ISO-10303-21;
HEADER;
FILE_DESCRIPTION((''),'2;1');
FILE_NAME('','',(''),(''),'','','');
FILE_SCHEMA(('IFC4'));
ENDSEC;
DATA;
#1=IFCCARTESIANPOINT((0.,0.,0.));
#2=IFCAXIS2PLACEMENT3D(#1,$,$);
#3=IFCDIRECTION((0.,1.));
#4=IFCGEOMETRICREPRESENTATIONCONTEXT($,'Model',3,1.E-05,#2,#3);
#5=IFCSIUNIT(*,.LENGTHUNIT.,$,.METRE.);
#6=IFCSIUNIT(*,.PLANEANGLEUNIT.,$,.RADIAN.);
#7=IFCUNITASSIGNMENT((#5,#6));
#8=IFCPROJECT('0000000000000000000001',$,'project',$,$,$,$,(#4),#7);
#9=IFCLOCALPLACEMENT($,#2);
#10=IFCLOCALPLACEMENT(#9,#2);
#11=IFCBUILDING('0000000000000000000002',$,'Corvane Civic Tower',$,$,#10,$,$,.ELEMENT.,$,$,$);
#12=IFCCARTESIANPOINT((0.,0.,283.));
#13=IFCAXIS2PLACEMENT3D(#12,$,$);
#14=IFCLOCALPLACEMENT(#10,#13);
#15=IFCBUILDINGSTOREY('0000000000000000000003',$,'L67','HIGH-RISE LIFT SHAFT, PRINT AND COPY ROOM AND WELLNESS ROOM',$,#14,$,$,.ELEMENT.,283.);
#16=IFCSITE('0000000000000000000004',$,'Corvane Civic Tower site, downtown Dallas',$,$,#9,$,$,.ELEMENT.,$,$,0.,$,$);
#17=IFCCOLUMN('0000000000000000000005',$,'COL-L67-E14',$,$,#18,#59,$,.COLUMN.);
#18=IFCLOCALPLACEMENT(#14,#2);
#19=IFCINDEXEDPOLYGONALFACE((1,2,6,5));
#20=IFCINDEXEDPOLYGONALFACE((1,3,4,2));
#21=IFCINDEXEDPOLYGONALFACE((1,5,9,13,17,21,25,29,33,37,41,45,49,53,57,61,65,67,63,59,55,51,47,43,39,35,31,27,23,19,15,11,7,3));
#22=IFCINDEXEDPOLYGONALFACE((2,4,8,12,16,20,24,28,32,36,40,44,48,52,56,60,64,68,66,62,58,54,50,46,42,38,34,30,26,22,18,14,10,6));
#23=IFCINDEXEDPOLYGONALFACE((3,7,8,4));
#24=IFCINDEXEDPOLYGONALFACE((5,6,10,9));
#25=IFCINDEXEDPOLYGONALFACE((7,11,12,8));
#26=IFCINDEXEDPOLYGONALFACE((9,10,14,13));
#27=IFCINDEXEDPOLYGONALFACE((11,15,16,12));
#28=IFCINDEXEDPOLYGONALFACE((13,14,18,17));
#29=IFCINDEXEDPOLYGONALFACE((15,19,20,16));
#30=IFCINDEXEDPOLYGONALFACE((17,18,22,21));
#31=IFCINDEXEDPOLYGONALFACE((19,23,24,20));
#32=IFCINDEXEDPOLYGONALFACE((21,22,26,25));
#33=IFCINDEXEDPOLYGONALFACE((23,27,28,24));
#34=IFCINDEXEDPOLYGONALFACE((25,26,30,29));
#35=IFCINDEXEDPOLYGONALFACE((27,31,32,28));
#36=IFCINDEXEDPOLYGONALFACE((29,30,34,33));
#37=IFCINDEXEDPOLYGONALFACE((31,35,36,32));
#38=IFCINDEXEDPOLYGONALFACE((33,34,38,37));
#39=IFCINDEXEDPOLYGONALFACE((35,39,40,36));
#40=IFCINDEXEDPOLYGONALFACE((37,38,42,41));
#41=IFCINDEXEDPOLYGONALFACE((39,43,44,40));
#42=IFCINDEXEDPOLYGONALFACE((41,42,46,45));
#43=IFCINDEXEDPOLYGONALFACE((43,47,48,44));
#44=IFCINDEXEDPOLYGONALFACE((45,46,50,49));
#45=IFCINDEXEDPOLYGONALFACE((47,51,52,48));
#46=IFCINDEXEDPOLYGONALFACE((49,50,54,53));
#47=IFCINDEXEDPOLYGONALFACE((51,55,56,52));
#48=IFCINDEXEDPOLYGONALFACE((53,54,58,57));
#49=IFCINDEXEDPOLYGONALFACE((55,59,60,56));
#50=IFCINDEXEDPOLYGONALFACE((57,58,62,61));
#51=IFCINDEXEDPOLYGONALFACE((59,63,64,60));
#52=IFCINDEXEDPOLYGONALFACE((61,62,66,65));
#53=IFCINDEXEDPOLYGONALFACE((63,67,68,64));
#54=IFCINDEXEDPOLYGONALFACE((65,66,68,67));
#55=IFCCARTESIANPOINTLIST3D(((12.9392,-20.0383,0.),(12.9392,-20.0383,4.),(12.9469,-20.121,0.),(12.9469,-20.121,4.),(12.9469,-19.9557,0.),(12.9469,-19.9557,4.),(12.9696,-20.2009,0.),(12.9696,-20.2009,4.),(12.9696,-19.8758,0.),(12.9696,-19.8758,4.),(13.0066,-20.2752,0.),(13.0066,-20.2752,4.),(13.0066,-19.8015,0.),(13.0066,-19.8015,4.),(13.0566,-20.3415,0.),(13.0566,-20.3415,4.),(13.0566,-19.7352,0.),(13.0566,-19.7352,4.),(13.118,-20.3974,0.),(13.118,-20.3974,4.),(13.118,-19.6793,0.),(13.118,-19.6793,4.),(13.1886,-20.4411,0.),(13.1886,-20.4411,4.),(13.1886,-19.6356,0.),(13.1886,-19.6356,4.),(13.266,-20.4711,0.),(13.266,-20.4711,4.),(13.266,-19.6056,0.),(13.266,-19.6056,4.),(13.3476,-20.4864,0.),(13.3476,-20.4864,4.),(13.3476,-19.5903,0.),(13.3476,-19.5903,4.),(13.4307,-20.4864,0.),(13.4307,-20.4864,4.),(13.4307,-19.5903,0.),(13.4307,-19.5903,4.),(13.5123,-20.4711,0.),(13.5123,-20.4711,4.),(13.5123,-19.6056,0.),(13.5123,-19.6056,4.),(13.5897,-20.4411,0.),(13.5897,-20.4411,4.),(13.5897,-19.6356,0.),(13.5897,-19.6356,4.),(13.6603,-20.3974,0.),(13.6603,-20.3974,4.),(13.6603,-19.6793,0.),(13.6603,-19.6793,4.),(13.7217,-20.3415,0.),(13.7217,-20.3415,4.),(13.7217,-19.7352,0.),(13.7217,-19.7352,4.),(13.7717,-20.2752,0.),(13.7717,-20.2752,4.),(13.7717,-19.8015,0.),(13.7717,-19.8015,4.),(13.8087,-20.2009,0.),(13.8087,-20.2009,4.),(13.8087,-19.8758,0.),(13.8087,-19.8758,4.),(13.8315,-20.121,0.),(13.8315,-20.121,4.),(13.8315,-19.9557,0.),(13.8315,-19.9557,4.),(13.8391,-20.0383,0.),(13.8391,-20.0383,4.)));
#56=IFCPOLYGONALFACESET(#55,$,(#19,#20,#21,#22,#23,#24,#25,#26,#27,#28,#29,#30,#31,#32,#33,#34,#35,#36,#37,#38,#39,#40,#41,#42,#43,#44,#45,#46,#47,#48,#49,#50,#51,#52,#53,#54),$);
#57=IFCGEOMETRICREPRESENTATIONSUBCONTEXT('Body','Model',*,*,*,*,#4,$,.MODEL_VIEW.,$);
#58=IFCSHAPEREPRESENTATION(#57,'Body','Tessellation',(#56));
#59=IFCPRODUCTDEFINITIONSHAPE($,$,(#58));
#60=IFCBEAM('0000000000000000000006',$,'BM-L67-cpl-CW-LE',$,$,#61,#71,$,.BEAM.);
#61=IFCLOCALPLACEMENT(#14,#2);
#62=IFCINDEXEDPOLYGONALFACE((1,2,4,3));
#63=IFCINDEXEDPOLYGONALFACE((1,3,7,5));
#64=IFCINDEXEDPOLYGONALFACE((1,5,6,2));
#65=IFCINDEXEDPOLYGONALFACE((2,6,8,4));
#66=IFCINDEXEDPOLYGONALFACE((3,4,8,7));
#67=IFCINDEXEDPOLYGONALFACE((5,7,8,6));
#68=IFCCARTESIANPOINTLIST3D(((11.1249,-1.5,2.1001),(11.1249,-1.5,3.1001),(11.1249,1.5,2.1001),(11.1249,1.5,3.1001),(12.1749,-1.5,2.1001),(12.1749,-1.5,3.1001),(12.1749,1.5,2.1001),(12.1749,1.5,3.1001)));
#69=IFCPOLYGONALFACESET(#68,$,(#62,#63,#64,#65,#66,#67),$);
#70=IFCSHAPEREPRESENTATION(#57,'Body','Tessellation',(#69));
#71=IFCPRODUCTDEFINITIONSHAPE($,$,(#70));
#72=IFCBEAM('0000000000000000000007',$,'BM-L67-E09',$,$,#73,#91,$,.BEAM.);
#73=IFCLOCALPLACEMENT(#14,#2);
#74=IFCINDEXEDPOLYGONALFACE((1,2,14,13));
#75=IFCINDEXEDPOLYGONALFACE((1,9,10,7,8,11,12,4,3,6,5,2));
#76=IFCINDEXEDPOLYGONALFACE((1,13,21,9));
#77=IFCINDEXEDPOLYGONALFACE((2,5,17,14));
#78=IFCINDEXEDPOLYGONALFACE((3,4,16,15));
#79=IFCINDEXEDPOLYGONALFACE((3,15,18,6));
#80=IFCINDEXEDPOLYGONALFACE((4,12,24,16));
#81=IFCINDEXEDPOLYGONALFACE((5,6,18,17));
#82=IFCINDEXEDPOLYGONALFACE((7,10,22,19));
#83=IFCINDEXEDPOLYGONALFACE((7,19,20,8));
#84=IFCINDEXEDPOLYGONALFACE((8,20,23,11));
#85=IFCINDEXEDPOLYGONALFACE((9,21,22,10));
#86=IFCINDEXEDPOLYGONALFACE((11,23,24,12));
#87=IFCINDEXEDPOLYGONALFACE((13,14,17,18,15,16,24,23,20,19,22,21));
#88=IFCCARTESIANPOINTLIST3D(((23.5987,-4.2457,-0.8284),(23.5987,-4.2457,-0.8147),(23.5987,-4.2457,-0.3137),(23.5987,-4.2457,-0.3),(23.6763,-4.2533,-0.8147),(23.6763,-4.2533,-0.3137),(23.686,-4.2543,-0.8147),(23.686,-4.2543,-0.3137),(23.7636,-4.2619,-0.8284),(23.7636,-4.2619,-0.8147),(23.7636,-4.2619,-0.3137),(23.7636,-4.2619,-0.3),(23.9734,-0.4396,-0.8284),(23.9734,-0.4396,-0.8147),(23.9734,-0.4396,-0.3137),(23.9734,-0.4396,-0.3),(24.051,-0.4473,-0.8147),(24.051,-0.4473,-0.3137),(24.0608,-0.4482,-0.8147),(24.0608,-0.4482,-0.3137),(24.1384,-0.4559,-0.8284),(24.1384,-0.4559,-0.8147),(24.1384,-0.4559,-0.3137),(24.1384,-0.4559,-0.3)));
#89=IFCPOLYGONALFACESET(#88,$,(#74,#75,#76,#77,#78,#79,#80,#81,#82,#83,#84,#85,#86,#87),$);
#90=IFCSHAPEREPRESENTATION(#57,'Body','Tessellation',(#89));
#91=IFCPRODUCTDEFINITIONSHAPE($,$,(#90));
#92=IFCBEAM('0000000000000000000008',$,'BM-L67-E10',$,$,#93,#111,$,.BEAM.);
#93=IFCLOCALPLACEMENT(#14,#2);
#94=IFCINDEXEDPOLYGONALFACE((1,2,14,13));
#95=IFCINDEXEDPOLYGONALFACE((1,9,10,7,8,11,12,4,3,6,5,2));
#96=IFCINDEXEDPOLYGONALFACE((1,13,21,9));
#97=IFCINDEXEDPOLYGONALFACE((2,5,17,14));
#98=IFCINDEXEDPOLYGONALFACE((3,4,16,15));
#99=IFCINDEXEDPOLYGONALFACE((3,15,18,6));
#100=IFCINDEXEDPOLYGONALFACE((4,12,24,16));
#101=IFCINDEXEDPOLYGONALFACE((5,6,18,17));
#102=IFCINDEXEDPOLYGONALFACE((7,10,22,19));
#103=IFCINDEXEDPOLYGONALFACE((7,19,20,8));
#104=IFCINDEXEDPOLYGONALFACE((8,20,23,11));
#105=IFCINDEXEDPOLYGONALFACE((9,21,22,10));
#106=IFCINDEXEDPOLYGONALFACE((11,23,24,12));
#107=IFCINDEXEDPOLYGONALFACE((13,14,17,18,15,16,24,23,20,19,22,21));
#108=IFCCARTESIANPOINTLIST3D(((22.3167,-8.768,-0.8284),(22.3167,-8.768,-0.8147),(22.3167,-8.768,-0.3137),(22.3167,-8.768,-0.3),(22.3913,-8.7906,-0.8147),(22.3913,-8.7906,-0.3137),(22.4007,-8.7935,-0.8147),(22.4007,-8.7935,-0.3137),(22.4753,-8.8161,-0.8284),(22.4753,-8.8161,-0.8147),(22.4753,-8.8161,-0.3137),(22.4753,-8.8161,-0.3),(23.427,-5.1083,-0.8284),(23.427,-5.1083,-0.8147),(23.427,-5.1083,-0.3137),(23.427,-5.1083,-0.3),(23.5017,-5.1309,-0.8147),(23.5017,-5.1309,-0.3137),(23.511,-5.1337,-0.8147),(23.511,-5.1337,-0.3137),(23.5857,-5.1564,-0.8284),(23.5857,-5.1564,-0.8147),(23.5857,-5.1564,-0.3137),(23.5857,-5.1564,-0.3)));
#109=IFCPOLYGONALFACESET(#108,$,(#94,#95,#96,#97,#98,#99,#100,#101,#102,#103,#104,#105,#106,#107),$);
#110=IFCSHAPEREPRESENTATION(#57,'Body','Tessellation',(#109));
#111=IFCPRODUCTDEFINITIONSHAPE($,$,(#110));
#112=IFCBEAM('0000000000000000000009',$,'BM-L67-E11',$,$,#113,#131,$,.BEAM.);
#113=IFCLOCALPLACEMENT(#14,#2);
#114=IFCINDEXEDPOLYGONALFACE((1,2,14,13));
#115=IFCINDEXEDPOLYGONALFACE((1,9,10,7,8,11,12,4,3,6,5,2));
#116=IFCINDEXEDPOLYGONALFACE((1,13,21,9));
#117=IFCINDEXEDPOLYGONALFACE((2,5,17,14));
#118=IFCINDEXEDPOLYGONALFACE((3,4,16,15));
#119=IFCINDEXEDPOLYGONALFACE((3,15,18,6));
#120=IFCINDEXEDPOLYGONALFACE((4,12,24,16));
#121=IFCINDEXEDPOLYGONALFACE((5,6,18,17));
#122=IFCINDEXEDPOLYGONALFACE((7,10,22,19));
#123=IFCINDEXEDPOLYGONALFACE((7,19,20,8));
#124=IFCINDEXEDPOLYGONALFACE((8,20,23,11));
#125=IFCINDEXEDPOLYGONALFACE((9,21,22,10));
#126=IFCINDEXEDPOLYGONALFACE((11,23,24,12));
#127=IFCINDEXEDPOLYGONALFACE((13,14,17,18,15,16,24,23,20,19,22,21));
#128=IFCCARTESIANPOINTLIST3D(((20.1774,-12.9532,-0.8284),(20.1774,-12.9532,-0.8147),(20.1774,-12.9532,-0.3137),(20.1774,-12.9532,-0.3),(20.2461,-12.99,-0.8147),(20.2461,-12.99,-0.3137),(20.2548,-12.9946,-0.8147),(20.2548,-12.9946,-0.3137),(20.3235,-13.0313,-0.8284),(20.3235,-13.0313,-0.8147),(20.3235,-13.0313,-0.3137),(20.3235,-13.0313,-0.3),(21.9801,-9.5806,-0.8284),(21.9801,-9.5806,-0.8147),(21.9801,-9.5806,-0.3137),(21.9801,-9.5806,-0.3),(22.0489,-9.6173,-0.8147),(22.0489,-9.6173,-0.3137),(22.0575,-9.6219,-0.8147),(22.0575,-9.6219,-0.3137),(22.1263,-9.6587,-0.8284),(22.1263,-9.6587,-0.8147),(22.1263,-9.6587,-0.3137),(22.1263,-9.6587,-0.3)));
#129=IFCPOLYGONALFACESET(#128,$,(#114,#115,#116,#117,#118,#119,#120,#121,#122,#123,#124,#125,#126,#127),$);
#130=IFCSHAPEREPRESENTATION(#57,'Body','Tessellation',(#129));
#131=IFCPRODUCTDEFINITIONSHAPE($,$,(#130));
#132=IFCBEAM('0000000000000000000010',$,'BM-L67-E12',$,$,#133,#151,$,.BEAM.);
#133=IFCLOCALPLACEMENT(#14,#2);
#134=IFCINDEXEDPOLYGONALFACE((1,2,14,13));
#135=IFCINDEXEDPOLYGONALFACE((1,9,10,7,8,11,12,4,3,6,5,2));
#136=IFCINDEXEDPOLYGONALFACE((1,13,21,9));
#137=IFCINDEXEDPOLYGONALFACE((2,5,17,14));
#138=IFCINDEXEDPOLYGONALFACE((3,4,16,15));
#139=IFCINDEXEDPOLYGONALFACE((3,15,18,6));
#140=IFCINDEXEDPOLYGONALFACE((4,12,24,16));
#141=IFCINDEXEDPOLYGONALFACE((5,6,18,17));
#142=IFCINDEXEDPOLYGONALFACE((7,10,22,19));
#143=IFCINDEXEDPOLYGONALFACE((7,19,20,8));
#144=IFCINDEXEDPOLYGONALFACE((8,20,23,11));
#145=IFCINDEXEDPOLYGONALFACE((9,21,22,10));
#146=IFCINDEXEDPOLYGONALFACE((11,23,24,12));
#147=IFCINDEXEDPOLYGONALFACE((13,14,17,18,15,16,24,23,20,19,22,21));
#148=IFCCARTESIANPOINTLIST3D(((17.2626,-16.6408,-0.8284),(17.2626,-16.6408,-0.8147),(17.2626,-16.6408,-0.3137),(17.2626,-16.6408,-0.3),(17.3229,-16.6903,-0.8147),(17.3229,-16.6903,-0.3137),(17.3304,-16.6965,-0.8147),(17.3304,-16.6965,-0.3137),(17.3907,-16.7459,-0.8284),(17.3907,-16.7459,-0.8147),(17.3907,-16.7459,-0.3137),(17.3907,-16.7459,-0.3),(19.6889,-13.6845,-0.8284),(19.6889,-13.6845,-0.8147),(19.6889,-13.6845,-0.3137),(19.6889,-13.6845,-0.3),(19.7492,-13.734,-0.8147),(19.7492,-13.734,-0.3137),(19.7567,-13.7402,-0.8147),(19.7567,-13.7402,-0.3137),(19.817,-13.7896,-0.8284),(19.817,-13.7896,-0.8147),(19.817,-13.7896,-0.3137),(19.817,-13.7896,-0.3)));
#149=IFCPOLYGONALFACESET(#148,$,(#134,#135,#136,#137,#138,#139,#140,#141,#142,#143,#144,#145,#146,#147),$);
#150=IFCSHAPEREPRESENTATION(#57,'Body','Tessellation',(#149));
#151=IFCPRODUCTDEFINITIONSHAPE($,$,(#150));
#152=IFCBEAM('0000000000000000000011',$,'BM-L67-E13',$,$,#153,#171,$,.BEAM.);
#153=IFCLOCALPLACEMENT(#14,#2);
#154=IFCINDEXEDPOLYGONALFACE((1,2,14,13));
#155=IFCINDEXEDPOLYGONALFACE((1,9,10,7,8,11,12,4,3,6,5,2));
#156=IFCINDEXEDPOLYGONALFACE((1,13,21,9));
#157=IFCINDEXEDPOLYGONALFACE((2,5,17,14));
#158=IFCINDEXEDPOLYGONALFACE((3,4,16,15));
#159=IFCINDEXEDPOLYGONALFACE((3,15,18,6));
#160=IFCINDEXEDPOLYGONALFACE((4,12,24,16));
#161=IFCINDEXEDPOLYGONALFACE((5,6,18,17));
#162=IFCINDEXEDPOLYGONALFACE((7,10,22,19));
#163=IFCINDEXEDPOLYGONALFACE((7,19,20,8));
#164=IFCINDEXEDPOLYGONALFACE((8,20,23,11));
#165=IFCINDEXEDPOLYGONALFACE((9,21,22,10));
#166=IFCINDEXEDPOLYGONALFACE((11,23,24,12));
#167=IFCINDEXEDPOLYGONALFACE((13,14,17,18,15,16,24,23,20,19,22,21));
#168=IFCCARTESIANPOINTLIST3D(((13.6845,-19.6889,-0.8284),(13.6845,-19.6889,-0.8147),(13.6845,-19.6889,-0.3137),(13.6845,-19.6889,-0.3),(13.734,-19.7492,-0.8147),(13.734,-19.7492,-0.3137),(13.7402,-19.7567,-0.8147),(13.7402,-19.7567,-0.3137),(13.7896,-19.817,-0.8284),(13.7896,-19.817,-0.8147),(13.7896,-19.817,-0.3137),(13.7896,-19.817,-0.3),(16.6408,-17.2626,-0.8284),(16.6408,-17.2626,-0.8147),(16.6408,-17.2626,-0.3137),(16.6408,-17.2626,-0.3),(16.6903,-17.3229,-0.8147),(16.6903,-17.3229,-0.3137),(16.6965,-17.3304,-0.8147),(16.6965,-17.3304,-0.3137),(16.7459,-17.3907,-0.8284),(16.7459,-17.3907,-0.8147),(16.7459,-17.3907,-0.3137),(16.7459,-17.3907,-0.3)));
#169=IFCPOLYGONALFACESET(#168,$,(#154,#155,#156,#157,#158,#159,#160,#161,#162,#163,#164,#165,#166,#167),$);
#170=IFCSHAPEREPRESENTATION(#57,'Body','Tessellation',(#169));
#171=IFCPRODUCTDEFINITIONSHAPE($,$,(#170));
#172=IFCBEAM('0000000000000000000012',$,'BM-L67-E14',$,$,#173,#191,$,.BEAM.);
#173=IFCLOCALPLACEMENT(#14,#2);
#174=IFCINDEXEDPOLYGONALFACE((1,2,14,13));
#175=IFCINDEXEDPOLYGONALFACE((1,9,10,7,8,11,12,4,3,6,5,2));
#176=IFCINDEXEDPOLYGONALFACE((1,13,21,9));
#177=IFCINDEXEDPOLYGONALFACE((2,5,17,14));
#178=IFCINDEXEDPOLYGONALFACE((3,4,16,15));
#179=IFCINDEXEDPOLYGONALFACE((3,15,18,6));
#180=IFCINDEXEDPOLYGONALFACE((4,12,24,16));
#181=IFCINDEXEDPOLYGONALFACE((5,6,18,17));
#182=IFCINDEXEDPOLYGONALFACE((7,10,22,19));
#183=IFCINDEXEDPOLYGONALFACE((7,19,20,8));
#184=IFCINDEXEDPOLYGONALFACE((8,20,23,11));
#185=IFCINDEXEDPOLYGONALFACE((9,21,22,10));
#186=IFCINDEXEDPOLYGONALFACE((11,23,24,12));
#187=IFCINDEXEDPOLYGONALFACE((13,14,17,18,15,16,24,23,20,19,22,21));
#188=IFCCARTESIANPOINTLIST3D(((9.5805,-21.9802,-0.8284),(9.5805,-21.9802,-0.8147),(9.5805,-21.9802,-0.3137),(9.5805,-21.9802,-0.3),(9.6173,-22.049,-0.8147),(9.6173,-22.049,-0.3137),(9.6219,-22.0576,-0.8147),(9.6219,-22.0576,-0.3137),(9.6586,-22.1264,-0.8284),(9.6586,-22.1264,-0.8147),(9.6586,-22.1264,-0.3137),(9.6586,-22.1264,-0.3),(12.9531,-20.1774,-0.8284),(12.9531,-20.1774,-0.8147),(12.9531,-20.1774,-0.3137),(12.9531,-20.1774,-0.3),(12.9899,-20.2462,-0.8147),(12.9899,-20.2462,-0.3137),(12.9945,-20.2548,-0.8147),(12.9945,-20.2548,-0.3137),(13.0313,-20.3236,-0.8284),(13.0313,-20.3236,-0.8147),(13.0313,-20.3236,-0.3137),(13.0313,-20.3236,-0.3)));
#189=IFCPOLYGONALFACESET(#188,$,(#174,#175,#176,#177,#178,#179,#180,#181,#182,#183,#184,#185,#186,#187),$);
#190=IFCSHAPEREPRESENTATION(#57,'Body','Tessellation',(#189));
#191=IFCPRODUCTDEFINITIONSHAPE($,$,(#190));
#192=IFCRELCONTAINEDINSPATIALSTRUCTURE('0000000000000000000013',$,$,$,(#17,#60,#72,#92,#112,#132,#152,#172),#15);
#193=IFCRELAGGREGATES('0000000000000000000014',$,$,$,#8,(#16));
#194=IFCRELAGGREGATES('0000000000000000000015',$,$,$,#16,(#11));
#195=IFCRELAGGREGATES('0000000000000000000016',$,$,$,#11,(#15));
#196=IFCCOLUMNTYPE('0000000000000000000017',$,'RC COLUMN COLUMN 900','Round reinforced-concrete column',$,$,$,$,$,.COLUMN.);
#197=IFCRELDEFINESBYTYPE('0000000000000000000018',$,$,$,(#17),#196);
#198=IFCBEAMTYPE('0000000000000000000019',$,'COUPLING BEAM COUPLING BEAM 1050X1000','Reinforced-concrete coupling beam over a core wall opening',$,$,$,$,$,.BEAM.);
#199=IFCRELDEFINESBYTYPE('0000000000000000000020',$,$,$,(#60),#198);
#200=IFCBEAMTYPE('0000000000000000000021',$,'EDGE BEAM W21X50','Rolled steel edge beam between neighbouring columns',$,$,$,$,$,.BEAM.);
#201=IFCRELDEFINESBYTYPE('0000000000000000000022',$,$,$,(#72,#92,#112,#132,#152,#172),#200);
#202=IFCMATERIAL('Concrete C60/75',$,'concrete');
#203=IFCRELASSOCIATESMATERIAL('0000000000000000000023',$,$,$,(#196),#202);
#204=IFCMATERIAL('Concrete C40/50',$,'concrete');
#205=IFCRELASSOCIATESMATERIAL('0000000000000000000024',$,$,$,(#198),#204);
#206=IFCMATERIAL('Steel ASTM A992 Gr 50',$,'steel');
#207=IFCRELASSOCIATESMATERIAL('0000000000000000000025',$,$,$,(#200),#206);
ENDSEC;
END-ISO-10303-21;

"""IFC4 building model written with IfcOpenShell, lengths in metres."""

from ifc_helpers import new_model, si_unit, direction, frame, origin, origin_2d, place, context, subcontext, project, spatial, rectangle, circle, i_section, extrude, material, material_profile, profile_set, type_object, element, save


model = new_model("IFC4")

# Units and contexts
model_context = context("Model", 3, precision=1e-05, world=origin(), true_north=direction((0.0, 1.0)))
body_context = subcontext(model_context, "Body", "Model", "MODEL_VIEW")
ifc_project = project(units=[si_unit("LENGTHUNIT", "METRE"), si_unit("PLANEANGLEUNIT", "RADIAN")], contexts=[model_context])

# Site, building, storey
site_placement = place(None, origin())
site = spatial("IfcSite", under=ifc_project, at=site_placement, Name="Corvane Civic Tower site, downtown Dallas", CompositionType="ELEMENT", RefElevation=0.0)
building_placement = place(site_placement, origin())
building = spatial("IfcBuilding", under=site, at=building_placement, Name="Corvane Civic Tower", CompositionType="ELEMENT")
storey_placement = place(building_placement, frame((0.0, 0.0, 283.0)))
storey = spatial("IfcBuildingStorey", under=building, at=storey_placement, Name="L67", Description="HIGH-RISE LIFT SHAFT, PRINT AND COPY ROOM AND WELLNESS ROOM", CompositionType="ELEMENT", Elevation=283.0)

# Column
ifc_material_1 = material(Name="Concrete C60/75", Category="concrete")
ifc_material_profile_1 = material_profile(ifc_material_1, circle(Radius=0.45, at=origin_2d()), Name="COLUMN 900")
ifc_profile_set_1 = profile_set([ifc_material_profile_1], Name="Concrete C60/75")
column_type = type_object("IfcColumnType", Name="RC COLUMN COLUMN 900", Description="Round reinforced-concrete column", PredefinedType="COLUMN", material=ifc_profile_set_1)
for number, where, z_axis, x_axis, name in (
    (1, (13.3892, -20.0383, 0.0), (0.0, 0.0, 1.0), (1.0, 0.0, 0.0), "COL-L67-E14"),
):
    element("IfcColumn", number, at=place(storey_placement, frame(where, z_axis=z_axis, x_axis=x_axis)), inside=storey, type_object=column_type, Name=name, PredefinedType="COLUMN", context=body_context, shape_type="SweptSolid", body=[
        extrude(circle(Radius=0.45, at=origin_2d()), origin(), (0.0, 0.0, 1.0), 4.0),
    ])

# Beams
ifc_material_2 = material(Name="Concrete C40/50", Category="concrete")
ifc_material_profile_2 = material_profile(ifc_material_2, rectangle(XDim=1.05, YDim=1.0, at=origin_2d()), Name="COUPLING BEAM 1050X1000")
ifc_profile_set_2 = profile_set([ifc_material_profile_2], Name="Concrete C40/50")
beam_type_1 = type_object("IfcBeamType", Name="COUPLING BEAM COUPLING BEAM 1050X1000", Description="Reinforced-concrete coupling beam over a core wall opening", PredefinedType="BEAM", material=ifc_profile_set_2)
beam_1_placement = place(storey_placement, frame((11.6499, -1.5, 2.6001), z_axis=(0.0, 1.0, 0.0), x_axis=(-1.0, 0.0, 0.0)))
element("IfcBeam", 2, at=beam_1_placement, inside=storey, type_object=beam_type_1, Name="BM-L67-cpl-CW-LE", PredefinedType="BEAM", context=body_context, shape_type="SweptSolid", body=[
    extrude(rectangle(XDim=1.05, YDim=1.0, at=origin_2d()), origin(), (0.0, 0.0, 1.0), 3.0),
])
ifc_material_3 = material(Name="Steel ASTM A992 Gr 50", Category="steel")
ifc_material_profile_3 = material_profile(ifc_material_3, i_section(OverallWidth=0.1658, OverallDepth=0.5283, WebThickness=0.0098, FlangeThickness=0.0137, at=origin_2d()), Name="W21X50")
ifc_profile_set_3 = profile_set([ifc_material_profile_3], Name="Steel ASTM A992 Gr 50")
beam_type_2 = type_object("IfcBeamType", Name="EDGE BEAM W21X50", Description="Rolled steel edge beam between neighbouring columns", PredefinedType="BEAM", material=ifc_profile_set_3)
for number, where, z_axis, x_axis, name in (
    (3, (24.0559, -0.4478, -0.5642), (-0.097987, -0.995188, 0.0), (0.995188, -0.097987, 0.0), "BM-L67-E09"),
    (4, (23.5063, -5.1323, -0.5642), (-0.290333, -0.956926, 0.0), (0.956926, -0.290333, 0.0), "BM-L67-E10"),
):
    element("IfcBeam", number, at=place(storey_placement, frame(where, z_axis=z_axis, x_axis=x_axis)), inside=storey, type_object=beam_type_2, Name=name, PredefinedType="BEAM", context=body_context, shape_type="SweptSolid", body=[
        extrude(i_section(OverallWidth=0.1658, OverallDepth=0.5283, WebThickness=0.0098, FlangeThickness=0.0137, at=origin_2d()), origin(), (0.0, 0.0, 1.0), 3.8245),
    ])
beam_2_placement = place(storey_placement, frame((22.0532, -9.6196, -0.5642), z_axis=(-0.47141, -0.881914, 0.0), x_axis=(0.881914, -0.47141, 0.0)))
element("IfcBeam", 5, at=beam_2_placement, inside=storey, type_object=beam_type_2, Name="BM-L67-E11", PredefinedType="BEAM", context=body_context, shape_type="SweptSolid", body=[
    extrude(i_section(OverallWidth=0.1658, OverallDepth=0.5283, WebThickness=0.0098, FlangeThickness=0.0137, at=origin_2d()), origin(), (0.0, 0.0, 1.0), 3.8242),
])
for number, where, z_axis, x_axis, name in (
    (6, (19.7529, -13.7371, -0.5642), (-0.634409, -0.772998, 0.0), (0.772998, -0.634409, 0.0), "BM-L67-E12"),
    (7, (16.6934, -17.3267, -0.5642), (-0.772998, -0.634409, 0.0), (0.634409, -0.772998, 0.0), "BM-L67-E13"),
):
    element("IfcBeam", number, at=place(storey_placement, frame(where, z_axis=z_axis, x_axis=x_axis)), inside=storey, type_object=beam_type_2, Name=name, PredefinedType="BEAM", context=body_context, shape_type="SweptSolid", body=[
        extrude(i_section(OverallWidth=0.1658, OverallDepth=0.5283, WebThickness=0.0098, FlangeThickness=0.0137, at=origin_2d()), origin(), (0.0, 0.0, 1.0), 3.8245),
    ])
beam_3_placement = place(storey_placement, frame((12.9922, -20.2505, -0.5642), z_axis=(-0.881914, -0.47141, 0.0), x_axis=(0.47141, -0.881914, 0.0)))
element("IfcBeam", 8, at=beam_3_placement, inside=storey, type_object=beam_type_2, Name="BM-L67-E14", PredefinedType="BEAM", context=body_context, shape_type="SweptSolid", body=[
    extrude(i_section(OverallWidth=0.1658, OverallDepth=0.5283, WebThickness=0.0098, FlangeThickness=0.0137, at=origin_2d()), origin(), (0.0, 0.0, 1.0), 3.8242),
])

save(model, "model.ifc")
